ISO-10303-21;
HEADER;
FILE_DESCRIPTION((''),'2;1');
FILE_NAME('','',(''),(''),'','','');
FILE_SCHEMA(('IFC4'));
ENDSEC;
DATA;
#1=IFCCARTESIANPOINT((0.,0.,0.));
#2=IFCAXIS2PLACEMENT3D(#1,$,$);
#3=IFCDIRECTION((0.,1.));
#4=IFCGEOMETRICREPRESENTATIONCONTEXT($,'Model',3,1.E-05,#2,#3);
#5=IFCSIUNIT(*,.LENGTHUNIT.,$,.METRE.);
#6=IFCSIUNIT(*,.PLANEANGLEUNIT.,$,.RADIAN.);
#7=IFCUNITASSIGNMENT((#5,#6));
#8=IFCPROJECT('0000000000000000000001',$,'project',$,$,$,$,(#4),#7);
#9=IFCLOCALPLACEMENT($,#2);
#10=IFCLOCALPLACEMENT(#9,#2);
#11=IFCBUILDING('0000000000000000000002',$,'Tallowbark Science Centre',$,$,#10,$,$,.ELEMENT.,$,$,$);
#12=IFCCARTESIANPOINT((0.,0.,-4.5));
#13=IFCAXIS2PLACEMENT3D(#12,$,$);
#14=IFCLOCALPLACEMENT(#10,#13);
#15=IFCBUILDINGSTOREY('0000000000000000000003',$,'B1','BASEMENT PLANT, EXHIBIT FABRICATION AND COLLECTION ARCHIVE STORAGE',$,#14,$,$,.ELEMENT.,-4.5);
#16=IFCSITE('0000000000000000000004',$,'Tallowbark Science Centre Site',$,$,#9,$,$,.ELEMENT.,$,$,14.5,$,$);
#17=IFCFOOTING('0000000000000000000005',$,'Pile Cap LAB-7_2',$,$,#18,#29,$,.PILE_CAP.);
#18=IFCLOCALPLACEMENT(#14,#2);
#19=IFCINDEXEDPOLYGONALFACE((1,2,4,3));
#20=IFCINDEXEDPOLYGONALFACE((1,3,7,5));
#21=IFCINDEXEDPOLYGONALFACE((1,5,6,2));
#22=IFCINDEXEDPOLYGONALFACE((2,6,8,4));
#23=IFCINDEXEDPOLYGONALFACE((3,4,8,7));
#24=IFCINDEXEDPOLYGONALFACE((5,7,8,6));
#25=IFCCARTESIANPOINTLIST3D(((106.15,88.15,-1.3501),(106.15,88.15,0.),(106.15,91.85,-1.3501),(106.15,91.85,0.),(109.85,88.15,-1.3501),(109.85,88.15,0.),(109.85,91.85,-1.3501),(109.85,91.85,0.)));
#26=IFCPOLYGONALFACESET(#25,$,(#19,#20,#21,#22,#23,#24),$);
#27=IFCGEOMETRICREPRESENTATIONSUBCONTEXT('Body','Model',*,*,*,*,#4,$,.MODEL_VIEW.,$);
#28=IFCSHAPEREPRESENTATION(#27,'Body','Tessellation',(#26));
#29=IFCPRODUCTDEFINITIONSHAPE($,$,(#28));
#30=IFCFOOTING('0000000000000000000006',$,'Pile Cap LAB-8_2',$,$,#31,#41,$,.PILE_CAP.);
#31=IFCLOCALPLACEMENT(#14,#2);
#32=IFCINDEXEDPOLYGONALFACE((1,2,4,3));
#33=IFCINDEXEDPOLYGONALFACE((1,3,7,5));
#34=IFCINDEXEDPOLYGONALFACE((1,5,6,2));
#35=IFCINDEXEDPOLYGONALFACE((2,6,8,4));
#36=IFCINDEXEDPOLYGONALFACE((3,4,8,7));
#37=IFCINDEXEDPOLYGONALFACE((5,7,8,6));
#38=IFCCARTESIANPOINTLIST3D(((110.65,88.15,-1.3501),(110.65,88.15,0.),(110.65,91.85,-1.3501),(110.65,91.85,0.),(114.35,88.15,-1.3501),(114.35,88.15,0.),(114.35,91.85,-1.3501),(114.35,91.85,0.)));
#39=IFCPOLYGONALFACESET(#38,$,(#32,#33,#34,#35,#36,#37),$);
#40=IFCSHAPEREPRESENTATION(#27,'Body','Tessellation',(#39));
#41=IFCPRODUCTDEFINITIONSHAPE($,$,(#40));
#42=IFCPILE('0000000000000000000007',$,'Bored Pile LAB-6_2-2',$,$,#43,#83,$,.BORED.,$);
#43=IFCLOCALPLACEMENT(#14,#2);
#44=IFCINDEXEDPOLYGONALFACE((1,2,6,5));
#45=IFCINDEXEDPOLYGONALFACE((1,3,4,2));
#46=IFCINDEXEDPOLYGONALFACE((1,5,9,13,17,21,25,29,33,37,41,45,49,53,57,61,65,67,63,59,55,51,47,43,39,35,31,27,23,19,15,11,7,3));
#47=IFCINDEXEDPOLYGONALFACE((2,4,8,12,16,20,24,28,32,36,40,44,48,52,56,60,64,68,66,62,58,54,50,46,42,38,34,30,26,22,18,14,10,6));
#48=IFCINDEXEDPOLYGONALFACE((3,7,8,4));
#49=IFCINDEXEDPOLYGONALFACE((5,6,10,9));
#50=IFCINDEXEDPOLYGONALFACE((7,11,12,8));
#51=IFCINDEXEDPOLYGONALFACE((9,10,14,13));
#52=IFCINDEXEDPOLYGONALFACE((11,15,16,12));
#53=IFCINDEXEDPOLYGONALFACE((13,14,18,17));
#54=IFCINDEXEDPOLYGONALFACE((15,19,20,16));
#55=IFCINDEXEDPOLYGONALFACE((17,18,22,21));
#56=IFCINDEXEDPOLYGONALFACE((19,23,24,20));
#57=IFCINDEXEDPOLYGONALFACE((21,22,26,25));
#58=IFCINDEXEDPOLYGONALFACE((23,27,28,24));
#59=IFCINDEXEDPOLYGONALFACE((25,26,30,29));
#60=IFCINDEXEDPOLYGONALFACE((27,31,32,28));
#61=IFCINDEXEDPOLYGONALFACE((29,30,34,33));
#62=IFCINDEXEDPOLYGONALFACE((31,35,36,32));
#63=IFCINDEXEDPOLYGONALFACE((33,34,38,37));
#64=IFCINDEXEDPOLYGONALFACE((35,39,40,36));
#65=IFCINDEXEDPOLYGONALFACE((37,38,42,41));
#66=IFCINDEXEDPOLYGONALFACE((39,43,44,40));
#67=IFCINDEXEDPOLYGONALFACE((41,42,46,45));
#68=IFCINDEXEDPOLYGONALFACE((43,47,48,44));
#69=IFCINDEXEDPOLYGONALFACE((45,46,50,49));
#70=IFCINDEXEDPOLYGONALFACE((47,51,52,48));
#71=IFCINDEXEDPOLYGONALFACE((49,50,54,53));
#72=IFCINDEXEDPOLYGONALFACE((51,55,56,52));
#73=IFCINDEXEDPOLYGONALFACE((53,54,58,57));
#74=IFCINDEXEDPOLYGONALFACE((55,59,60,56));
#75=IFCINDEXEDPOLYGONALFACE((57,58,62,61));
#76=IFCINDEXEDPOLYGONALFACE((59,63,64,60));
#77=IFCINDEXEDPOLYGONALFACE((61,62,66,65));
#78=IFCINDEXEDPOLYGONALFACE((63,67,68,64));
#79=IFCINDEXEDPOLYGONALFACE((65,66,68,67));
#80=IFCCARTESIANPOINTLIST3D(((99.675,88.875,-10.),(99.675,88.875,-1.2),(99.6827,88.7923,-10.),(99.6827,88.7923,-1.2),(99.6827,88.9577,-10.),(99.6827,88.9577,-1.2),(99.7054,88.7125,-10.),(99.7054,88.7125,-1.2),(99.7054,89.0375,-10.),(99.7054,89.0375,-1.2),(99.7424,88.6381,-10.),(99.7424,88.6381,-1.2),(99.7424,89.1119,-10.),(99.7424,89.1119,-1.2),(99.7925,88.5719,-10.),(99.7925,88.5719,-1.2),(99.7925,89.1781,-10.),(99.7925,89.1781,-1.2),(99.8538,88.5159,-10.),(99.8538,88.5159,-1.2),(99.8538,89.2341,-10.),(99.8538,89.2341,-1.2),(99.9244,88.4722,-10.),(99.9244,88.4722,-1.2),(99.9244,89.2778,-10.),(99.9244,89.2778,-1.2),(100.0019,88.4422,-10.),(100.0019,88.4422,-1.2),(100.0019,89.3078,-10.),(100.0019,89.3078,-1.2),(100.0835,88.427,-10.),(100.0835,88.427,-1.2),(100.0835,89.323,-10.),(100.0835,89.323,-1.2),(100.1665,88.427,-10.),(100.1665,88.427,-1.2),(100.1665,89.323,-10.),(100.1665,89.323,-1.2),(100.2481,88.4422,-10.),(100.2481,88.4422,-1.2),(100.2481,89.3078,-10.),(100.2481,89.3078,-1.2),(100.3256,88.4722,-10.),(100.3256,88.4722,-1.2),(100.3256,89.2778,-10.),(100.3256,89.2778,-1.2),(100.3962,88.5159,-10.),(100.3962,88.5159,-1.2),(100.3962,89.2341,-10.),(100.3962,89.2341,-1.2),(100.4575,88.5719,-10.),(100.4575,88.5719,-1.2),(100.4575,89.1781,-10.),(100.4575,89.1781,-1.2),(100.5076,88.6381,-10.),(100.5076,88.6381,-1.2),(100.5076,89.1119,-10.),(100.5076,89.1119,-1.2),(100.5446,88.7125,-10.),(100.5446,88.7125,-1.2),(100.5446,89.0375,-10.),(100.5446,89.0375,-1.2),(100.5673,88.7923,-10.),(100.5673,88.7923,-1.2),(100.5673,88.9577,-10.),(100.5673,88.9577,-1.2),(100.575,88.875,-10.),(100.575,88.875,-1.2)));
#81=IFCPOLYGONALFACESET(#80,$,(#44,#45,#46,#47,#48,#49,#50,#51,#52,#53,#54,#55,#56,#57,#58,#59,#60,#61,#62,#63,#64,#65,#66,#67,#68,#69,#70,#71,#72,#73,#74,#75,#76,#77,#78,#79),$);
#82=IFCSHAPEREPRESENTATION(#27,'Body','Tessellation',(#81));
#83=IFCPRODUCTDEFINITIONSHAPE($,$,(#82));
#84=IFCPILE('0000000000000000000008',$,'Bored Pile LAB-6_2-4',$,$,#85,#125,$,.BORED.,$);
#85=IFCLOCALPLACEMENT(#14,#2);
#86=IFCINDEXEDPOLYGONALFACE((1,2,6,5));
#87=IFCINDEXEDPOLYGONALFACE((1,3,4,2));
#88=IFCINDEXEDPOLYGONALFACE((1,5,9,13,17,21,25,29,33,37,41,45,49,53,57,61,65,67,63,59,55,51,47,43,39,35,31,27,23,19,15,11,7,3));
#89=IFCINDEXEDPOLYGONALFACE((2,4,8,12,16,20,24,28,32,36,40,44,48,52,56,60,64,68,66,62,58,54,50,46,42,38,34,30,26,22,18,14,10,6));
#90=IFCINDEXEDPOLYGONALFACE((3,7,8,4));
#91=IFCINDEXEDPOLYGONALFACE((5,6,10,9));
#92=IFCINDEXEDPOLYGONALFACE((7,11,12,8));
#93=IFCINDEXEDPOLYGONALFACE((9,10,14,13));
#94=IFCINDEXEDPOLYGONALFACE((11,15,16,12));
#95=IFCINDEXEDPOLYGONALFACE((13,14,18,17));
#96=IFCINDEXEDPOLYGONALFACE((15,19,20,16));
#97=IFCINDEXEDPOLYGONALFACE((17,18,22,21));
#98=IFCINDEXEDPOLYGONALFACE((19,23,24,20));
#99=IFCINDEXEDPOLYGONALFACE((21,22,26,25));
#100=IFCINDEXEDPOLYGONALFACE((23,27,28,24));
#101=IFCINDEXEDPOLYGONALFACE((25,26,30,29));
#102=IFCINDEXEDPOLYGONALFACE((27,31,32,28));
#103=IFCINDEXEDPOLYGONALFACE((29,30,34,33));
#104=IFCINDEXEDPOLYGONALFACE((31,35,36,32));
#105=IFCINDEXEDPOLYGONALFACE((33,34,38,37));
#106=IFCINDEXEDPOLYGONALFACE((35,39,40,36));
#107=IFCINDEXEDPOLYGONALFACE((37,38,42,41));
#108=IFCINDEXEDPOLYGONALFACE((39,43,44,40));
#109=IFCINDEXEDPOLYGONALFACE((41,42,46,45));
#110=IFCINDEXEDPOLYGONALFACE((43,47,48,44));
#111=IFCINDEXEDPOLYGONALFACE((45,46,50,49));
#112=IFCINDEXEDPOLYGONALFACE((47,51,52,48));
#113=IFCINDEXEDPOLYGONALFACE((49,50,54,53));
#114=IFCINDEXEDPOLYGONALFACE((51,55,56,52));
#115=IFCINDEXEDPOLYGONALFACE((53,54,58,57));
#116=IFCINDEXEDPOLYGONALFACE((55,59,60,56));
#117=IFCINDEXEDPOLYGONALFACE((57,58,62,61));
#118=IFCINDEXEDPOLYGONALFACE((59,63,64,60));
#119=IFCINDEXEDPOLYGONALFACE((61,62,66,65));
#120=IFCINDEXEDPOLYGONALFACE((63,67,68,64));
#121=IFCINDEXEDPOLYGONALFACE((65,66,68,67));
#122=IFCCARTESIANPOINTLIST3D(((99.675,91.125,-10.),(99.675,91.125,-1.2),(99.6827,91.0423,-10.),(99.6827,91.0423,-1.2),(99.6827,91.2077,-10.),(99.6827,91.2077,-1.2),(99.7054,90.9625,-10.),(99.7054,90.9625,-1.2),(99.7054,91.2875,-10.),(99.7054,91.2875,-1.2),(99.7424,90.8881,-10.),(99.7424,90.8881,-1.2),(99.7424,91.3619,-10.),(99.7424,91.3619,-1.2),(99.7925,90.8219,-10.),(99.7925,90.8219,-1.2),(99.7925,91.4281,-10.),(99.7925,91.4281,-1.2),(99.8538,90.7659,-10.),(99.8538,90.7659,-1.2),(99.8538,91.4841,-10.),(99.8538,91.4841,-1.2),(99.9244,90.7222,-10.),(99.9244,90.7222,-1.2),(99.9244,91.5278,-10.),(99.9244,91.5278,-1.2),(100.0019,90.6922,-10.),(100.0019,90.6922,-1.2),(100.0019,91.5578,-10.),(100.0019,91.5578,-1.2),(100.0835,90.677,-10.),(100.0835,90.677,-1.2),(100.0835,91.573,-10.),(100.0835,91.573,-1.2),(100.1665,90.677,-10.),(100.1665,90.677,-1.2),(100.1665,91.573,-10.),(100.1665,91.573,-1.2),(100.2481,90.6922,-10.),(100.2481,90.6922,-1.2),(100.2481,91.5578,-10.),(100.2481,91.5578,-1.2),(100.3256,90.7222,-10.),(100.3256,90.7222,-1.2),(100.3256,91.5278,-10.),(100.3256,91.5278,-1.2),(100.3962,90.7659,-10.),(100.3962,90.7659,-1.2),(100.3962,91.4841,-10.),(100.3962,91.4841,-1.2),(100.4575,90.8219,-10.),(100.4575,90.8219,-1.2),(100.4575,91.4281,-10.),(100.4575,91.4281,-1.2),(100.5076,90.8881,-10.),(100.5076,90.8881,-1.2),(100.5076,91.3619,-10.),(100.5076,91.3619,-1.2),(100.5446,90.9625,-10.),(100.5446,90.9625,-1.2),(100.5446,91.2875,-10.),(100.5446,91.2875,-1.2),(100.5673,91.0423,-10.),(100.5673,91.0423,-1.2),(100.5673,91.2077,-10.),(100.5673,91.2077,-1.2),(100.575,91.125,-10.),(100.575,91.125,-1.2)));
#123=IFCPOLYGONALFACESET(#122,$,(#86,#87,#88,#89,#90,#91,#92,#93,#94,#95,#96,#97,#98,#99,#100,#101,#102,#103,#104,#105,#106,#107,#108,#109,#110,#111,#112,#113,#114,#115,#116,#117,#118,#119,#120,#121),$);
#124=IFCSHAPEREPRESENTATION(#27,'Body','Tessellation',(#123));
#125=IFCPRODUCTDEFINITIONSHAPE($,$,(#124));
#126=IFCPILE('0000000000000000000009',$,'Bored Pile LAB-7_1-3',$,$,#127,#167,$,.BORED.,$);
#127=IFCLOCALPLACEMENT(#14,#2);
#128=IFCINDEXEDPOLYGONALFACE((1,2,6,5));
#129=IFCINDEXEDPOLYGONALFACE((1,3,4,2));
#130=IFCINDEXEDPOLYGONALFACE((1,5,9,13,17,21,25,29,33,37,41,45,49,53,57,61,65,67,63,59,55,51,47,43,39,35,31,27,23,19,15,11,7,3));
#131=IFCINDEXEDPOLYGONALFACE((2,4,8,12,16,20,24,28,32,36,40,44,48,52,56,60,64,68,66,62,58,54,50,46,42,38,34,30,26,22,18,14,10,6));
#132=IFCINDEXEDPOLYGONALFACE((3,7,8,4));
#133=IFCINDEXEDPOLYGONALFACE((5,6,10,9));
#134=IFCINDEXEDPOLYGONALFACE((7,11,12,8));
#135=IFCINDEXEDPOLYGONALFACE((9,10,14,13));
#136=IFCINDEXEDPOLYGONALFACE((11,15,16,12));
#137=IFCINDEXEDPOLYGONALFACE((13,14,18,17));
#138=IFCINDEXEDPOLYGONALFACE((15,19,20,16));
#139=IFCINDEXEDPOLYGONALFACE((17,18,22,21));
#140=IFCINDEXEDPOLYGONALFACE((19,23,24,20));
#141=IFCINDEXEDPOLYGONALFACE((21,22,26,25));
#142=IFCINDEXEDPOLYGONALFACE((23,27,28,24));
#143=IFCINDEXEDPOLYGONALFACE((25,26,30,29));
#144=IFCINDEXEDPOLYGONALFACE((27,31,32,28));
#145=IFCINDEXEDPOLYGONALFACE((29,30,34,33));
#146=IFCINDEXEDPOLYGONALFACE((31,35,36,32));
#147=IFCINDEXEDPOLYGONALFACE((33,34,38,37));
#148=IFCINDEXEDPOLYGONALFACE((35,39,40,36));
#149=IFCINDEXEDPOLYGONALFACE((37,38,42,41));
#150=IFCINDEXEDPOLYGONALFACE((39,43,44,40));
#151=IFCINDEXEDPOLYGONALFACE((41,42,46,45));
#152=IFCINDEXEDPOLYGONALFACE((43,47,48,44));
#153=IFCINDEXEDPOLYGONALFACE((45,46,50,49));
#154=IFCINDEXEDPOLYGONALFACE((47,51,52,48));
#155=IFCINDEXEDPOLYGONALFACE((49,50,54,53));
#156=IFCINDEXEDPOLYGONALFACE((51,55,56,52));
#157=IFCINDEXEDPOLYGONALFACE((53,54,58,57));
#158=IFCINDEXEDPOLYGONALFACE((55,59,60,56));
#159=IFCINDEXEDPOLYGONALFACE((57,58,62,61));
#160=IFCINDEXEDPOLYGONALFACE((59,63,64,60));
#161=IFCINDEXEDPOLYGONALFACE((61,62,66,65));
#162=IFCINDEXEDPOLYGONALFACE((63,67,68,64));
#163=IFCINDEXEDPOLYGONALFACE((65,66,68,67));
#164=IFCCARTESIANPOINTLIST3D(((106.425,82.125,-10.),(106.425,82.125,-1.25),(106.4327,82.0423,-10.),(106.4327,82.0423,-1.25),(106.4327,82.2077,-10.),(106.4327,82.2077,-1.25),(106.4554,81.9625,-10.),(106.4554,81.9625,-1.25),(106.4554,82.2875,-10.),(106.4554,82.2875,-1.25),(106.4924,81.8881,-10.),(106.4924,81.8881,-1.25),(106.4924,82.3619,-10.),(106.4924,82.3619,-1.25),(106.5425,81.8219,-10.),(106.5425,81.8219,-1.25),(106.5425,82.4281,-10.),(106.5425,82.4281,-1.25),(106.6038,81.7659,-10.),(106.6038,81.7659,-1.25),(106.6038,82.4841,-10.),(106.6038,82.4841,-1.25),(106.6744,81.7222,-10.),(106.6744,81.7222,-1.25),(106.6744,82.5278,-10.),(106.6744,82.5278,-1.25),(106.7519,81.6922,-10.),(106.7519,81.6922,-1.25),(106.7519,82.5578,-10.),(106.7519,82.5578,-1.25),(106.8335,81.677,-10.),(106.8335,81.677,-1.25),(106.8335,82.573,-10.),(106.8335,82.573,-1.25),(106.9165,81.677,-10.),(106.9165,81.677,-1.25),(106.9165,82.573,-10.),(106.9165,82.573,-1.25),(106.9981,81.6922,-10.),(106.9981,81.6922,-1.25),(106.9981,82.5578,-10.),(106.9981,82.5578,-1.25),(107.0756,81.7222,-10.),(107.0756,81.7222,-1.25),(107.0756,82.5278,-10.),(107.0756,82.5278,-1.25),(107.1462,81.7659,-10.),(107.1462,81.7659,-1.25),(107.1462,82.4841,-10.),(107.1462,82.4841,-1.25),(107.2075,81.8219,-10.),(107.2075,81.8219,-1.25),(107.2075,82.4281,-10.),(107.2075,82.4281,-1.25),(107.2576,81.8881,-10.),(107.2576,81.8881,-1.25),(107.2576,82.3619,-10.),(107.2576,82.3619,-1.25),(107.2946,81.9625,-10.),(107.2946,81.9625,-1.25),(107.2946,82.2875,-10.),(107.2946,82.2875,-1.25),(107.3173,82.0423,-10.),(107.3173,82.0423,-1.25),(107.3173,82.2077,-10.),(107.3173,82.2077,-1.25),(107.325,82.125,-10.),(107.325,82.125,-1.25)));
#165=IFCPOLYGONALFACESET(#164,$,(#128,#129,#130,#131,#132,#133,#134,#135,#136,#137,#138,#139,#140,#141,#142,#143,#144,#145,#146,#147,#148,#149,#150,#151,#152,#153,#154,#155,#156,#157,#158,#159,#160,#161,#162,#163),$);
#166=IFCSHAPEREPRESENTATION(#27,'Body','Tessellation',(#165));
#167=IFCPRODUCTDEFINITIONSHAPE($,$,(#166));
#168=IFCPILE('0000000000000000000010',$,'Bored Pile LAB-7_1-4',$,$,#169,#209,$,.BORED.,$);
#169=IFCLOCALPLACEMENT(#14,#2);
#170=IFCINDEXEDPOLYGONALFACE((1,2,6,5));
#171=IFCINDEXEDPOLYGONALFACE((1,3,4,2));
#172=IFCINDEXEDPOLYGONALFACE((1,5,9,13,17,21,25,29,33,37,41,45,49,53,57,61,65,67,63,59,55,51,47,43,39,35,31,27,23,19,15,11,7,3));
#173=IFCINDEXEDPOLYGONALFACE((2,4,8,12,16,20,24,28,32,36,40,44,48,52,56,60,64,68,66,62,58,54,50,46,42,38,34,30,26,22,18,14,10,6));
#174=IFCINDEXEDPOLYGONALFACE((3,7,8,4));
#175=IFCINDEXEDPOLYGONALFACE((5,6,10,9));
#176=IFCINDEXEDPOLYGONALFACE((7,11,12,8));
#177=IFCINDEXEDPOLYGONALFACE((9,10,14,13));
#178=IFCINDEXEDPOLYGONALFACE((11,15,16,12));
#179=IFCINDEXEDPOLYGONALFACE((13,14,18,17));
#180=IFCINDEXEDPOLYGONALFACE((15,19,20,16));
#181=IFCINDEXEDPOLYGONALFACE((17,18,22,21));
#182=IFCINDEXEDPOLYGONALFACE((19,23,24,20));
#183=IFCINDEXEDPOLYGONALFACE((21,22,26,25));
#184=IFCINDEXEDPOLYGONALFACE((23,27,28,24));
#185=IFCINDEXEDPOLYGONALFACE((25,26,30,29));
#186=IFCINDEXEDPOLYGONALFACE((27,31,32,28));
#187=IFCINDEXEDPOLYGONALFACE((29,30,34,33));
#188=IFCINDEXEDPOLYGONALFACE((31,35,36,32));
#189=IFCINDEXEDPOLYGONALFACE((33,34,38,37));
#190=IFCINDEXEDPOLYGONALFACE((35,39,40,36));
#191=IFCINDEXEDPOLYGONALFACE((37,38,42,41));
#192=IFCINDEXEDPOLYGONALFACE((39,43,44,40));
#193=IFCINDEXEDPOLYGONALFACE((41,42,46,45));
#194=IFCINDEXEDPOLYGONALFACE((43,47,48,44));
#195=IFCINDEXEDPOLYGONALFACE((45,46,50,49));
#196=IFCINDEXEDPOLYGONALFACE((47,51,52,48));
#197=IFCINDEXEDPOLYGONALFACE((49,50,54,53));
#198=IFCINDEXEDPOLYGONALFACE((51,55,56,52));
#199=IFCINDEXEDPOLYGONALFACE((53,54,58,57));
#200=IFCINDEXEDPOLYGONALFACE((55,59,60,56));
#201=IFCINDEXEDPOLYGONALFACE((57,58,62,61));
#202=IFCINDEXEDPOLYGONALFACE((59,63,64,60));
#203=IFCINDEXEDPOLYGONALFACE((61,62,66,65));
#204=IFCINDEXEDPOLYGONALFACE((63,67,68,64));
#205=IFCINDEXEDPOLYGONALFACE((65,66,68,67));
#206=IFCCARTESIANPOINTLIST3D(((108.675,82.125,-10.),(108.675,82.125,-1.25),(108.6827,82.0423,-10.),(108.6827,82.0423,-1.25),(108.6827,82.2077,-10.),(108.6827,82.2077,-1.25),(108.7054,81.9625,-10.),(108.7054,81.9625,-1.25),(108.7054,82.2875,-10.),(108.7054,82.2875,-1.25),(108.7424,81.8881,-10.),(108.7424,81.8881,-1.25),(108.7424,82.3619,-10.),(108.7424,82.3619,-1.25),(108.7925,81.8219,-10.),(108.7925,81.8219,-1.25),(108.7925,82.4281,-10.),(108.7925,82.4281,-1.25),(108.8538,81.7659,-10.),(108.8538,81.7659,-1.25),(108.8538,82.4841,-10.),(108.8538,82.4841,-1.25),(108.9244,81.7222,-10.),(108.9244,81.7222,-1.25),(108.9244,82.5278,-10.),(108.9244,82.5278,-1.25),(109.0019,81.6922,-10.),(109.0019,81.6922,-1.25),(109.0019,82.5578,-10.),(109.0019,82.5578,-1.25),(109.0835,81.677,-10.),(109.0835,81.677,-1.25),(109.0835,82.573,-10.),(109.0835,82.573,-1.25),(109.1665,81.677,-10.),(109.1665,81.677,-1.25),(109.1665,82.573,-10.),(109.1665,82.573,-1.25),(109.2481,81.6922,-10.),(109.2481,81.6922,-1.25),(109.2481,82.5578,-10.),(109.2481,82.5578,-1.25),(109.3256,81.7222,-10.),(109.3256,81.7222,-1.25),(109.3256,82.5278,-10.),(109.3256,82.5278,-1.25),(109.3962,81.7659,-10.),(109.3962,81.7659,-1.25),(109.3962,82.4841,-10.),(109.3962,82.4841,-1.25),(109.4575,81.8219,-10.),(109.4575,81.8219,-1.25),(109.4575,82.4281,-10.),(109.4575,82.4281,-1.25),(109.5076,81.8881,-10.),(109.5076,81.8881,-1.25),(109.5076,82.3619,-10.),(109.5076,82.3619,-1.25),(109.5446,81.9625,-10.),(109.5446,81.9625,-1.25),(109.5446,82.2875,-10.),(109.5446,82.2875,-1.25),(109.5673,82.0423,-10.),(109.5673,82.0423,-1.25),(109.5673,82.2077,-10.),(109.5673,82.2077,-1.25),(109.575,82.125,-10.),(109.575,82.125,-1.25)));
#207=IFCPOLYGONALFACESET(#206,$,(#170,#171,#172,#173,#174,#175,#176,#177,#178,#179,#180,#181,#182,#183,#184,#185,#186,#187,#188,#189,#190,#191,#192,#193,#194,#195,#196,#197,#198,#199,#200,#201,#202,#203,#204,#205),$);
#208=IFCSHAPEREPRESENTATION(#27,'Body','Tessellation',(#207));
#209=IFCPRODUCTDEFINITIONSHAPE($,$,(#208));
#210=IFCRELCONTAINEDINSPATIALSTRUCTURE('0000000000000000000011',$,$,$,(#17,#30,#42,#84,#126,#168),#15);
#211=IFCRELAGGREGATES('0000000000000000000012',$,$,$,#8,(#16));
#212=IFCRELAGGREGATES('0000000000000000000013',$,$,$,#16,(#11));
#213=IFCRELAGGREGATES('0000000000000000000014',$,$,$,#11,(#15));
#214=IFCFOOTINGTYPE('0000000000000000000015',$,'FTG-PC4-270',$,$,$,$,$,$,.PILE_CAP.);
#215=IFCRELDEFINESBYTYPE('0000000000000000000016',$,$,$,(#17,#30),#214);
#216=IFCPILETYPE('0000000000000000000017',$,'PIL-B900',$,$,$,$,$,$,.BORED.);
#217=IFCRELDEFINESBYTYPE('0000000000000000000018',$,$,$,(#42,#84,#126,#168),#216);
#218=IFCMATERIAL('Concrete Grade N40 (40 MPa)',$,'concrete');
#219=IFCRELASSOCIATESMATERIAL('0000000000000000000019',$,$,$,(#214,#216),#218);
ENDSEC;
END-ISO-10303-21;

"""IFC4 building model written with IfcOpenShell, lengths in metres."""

from ifc_helpers import new_model, si_unit, direction, frame, origin, origin_2d, place, context, subcontext, project, spatial, rectangle, circle, extrude, material, material_profile, profile_set, type_object, element, save


model = new_model("IFC4")

# Units and contexts
model_context = context("Model", 3, precision=1e-05, world=origin(), true_north=direction((0.0, 1.0)))
body_context = subcontext(model_context, "Body", "Model", "MODEL_VIEW")
ifc_project = project(units=[si_unit("LENGTHUNIT", "METRE"), si_unit("PLANEANGLEUNIT", "RADIAN")], contexts=[model_context])

# Site, building, storey
site_placement = place(None, origin())
site = spatial("IfcSite", under=ifc_project, at=site_placement, Name="Tallowbark Science Centre Site", CompositionType="ELEMENT", RefElevation=14.5)
building_placement = place(site_placement, origin())
building = spatial("IfcBuilding", under=site, at=building_placement, Name="Tallowbark Science Centre", CompositionType="ELEMENT")
storey_placement = place(building_placement, frame((0.0, 0.0, -4.5)))
storey = spatial("IfcBuildingStorey", under=building, at=storey_placement, Name="B1", Description="BASEMENT PLANT, EXHIBIT FABRICATION AND COLLECTION ARCHIVE STORAGE", CompositionType="ELEMENT", Elevation=-4.5)

# Footings
ifc_material_1 = material(Name="Concrete Grade N40 (40 MPa)", Category="concrete")
footing_type = type_object("IfcFootingType", Name="FTG-PC4-270", PredefinedType="PILE_CAP", material=ifc_material_1)
for number, where, z_axis, x_axis, name in (
    (1, (108.0, 90.0, -1.3501), (0.0, 0.0, 1.0), (1.0, 0.0, 0.0), "Pile Cap LAB-7_2"),
    (2, (112.5, 90.0, -1.3501), (0.0, 0.0, 1.0), (1.0, 0.0, 0.0), "Pile Cap LAB-8_2"),
):
    element("IfcFooting", number, at=place(storey_placement, frame(where, z_axis=z_axis, x_axis=x_axis)), inside=storey, type_object=footing_type, Name=name, PredefinedType="PILE_CAP", context=body_context, shape_type="SweptSolid", body=[
        extrude(rectangle(XDim=3.7, YDim=3.7, at=origin_2d()), origin(), (0.0, 0.0, 1.0), 1.3501),
    ])

# Piles
ifc_material_profile_1 = material_profile(ifc_material_1, circle(Radius=0.45, at=origin_2d()), Name="PILE900")
ifc_profile_set_1 = profile_set([ifc_material_profile_1], Name="Concrete Grade N40 (40 MPa)")
pile_type = type_object("IfcPileType", Name="PIL-B900", PredefinedType="BORED", material=ifc_profile_set_1)
for number, where, z_axis, x_axis, name in (
    (3, (100.125, 88.875, -1.2), (0.0, 0.0, -1.0), (1.0, 0.0, 0.0), "Bored Pile LAB-6_2-2"),
    (4, (100.125, 91.125, -1.2), (0.0, 0.0, -1.0), (1.0, 0.0, 0.0), "Bored Pile LAB-6_2-4"),
):
    element("IfcPile", number, at=place(storey_placement, frame(where, z_axis=z_axis, x_axis=x_axis)), inside=storey, type_object=pile_type, Name=name, PredefinedType="BORED", context=body_context, shape_type="SweptSolid", body=[
        extrude(circle(Radius=0.45, at=origin_2d()), origin(), (0.0, 0.0, 1.0), 8.8),
    ])
for number, where, z_axis, x_axis, name in (
    (5, (106.875, 82.125, -1.25), (0.0, 0.0, -1.0), (1.0, 0.0, 0.0), "Bored Pile LAB-7_1-3"),
    (6, (109.125, 82.125, -1.25), (0.0, 0.0, -1.0), (1.0, 0.0, 0.0), "Bored Pile LAB-7_1-4"),
):
    element("IfcPile", number, at=place(storey_placement, frame(where, z_axis=z_axis, x_axis=x_axis)), inside=storey, type_object=pile_type, Name=name, PredefinedType="BORED", context=body_context, shape_type="SweptSolid", body=[
        extrude(circle(Radius=0.45, at=origin_2d()), origin(), (0.0, 0.0, 1.0), 8.75),
    ])

save(model, "model.ifc")
